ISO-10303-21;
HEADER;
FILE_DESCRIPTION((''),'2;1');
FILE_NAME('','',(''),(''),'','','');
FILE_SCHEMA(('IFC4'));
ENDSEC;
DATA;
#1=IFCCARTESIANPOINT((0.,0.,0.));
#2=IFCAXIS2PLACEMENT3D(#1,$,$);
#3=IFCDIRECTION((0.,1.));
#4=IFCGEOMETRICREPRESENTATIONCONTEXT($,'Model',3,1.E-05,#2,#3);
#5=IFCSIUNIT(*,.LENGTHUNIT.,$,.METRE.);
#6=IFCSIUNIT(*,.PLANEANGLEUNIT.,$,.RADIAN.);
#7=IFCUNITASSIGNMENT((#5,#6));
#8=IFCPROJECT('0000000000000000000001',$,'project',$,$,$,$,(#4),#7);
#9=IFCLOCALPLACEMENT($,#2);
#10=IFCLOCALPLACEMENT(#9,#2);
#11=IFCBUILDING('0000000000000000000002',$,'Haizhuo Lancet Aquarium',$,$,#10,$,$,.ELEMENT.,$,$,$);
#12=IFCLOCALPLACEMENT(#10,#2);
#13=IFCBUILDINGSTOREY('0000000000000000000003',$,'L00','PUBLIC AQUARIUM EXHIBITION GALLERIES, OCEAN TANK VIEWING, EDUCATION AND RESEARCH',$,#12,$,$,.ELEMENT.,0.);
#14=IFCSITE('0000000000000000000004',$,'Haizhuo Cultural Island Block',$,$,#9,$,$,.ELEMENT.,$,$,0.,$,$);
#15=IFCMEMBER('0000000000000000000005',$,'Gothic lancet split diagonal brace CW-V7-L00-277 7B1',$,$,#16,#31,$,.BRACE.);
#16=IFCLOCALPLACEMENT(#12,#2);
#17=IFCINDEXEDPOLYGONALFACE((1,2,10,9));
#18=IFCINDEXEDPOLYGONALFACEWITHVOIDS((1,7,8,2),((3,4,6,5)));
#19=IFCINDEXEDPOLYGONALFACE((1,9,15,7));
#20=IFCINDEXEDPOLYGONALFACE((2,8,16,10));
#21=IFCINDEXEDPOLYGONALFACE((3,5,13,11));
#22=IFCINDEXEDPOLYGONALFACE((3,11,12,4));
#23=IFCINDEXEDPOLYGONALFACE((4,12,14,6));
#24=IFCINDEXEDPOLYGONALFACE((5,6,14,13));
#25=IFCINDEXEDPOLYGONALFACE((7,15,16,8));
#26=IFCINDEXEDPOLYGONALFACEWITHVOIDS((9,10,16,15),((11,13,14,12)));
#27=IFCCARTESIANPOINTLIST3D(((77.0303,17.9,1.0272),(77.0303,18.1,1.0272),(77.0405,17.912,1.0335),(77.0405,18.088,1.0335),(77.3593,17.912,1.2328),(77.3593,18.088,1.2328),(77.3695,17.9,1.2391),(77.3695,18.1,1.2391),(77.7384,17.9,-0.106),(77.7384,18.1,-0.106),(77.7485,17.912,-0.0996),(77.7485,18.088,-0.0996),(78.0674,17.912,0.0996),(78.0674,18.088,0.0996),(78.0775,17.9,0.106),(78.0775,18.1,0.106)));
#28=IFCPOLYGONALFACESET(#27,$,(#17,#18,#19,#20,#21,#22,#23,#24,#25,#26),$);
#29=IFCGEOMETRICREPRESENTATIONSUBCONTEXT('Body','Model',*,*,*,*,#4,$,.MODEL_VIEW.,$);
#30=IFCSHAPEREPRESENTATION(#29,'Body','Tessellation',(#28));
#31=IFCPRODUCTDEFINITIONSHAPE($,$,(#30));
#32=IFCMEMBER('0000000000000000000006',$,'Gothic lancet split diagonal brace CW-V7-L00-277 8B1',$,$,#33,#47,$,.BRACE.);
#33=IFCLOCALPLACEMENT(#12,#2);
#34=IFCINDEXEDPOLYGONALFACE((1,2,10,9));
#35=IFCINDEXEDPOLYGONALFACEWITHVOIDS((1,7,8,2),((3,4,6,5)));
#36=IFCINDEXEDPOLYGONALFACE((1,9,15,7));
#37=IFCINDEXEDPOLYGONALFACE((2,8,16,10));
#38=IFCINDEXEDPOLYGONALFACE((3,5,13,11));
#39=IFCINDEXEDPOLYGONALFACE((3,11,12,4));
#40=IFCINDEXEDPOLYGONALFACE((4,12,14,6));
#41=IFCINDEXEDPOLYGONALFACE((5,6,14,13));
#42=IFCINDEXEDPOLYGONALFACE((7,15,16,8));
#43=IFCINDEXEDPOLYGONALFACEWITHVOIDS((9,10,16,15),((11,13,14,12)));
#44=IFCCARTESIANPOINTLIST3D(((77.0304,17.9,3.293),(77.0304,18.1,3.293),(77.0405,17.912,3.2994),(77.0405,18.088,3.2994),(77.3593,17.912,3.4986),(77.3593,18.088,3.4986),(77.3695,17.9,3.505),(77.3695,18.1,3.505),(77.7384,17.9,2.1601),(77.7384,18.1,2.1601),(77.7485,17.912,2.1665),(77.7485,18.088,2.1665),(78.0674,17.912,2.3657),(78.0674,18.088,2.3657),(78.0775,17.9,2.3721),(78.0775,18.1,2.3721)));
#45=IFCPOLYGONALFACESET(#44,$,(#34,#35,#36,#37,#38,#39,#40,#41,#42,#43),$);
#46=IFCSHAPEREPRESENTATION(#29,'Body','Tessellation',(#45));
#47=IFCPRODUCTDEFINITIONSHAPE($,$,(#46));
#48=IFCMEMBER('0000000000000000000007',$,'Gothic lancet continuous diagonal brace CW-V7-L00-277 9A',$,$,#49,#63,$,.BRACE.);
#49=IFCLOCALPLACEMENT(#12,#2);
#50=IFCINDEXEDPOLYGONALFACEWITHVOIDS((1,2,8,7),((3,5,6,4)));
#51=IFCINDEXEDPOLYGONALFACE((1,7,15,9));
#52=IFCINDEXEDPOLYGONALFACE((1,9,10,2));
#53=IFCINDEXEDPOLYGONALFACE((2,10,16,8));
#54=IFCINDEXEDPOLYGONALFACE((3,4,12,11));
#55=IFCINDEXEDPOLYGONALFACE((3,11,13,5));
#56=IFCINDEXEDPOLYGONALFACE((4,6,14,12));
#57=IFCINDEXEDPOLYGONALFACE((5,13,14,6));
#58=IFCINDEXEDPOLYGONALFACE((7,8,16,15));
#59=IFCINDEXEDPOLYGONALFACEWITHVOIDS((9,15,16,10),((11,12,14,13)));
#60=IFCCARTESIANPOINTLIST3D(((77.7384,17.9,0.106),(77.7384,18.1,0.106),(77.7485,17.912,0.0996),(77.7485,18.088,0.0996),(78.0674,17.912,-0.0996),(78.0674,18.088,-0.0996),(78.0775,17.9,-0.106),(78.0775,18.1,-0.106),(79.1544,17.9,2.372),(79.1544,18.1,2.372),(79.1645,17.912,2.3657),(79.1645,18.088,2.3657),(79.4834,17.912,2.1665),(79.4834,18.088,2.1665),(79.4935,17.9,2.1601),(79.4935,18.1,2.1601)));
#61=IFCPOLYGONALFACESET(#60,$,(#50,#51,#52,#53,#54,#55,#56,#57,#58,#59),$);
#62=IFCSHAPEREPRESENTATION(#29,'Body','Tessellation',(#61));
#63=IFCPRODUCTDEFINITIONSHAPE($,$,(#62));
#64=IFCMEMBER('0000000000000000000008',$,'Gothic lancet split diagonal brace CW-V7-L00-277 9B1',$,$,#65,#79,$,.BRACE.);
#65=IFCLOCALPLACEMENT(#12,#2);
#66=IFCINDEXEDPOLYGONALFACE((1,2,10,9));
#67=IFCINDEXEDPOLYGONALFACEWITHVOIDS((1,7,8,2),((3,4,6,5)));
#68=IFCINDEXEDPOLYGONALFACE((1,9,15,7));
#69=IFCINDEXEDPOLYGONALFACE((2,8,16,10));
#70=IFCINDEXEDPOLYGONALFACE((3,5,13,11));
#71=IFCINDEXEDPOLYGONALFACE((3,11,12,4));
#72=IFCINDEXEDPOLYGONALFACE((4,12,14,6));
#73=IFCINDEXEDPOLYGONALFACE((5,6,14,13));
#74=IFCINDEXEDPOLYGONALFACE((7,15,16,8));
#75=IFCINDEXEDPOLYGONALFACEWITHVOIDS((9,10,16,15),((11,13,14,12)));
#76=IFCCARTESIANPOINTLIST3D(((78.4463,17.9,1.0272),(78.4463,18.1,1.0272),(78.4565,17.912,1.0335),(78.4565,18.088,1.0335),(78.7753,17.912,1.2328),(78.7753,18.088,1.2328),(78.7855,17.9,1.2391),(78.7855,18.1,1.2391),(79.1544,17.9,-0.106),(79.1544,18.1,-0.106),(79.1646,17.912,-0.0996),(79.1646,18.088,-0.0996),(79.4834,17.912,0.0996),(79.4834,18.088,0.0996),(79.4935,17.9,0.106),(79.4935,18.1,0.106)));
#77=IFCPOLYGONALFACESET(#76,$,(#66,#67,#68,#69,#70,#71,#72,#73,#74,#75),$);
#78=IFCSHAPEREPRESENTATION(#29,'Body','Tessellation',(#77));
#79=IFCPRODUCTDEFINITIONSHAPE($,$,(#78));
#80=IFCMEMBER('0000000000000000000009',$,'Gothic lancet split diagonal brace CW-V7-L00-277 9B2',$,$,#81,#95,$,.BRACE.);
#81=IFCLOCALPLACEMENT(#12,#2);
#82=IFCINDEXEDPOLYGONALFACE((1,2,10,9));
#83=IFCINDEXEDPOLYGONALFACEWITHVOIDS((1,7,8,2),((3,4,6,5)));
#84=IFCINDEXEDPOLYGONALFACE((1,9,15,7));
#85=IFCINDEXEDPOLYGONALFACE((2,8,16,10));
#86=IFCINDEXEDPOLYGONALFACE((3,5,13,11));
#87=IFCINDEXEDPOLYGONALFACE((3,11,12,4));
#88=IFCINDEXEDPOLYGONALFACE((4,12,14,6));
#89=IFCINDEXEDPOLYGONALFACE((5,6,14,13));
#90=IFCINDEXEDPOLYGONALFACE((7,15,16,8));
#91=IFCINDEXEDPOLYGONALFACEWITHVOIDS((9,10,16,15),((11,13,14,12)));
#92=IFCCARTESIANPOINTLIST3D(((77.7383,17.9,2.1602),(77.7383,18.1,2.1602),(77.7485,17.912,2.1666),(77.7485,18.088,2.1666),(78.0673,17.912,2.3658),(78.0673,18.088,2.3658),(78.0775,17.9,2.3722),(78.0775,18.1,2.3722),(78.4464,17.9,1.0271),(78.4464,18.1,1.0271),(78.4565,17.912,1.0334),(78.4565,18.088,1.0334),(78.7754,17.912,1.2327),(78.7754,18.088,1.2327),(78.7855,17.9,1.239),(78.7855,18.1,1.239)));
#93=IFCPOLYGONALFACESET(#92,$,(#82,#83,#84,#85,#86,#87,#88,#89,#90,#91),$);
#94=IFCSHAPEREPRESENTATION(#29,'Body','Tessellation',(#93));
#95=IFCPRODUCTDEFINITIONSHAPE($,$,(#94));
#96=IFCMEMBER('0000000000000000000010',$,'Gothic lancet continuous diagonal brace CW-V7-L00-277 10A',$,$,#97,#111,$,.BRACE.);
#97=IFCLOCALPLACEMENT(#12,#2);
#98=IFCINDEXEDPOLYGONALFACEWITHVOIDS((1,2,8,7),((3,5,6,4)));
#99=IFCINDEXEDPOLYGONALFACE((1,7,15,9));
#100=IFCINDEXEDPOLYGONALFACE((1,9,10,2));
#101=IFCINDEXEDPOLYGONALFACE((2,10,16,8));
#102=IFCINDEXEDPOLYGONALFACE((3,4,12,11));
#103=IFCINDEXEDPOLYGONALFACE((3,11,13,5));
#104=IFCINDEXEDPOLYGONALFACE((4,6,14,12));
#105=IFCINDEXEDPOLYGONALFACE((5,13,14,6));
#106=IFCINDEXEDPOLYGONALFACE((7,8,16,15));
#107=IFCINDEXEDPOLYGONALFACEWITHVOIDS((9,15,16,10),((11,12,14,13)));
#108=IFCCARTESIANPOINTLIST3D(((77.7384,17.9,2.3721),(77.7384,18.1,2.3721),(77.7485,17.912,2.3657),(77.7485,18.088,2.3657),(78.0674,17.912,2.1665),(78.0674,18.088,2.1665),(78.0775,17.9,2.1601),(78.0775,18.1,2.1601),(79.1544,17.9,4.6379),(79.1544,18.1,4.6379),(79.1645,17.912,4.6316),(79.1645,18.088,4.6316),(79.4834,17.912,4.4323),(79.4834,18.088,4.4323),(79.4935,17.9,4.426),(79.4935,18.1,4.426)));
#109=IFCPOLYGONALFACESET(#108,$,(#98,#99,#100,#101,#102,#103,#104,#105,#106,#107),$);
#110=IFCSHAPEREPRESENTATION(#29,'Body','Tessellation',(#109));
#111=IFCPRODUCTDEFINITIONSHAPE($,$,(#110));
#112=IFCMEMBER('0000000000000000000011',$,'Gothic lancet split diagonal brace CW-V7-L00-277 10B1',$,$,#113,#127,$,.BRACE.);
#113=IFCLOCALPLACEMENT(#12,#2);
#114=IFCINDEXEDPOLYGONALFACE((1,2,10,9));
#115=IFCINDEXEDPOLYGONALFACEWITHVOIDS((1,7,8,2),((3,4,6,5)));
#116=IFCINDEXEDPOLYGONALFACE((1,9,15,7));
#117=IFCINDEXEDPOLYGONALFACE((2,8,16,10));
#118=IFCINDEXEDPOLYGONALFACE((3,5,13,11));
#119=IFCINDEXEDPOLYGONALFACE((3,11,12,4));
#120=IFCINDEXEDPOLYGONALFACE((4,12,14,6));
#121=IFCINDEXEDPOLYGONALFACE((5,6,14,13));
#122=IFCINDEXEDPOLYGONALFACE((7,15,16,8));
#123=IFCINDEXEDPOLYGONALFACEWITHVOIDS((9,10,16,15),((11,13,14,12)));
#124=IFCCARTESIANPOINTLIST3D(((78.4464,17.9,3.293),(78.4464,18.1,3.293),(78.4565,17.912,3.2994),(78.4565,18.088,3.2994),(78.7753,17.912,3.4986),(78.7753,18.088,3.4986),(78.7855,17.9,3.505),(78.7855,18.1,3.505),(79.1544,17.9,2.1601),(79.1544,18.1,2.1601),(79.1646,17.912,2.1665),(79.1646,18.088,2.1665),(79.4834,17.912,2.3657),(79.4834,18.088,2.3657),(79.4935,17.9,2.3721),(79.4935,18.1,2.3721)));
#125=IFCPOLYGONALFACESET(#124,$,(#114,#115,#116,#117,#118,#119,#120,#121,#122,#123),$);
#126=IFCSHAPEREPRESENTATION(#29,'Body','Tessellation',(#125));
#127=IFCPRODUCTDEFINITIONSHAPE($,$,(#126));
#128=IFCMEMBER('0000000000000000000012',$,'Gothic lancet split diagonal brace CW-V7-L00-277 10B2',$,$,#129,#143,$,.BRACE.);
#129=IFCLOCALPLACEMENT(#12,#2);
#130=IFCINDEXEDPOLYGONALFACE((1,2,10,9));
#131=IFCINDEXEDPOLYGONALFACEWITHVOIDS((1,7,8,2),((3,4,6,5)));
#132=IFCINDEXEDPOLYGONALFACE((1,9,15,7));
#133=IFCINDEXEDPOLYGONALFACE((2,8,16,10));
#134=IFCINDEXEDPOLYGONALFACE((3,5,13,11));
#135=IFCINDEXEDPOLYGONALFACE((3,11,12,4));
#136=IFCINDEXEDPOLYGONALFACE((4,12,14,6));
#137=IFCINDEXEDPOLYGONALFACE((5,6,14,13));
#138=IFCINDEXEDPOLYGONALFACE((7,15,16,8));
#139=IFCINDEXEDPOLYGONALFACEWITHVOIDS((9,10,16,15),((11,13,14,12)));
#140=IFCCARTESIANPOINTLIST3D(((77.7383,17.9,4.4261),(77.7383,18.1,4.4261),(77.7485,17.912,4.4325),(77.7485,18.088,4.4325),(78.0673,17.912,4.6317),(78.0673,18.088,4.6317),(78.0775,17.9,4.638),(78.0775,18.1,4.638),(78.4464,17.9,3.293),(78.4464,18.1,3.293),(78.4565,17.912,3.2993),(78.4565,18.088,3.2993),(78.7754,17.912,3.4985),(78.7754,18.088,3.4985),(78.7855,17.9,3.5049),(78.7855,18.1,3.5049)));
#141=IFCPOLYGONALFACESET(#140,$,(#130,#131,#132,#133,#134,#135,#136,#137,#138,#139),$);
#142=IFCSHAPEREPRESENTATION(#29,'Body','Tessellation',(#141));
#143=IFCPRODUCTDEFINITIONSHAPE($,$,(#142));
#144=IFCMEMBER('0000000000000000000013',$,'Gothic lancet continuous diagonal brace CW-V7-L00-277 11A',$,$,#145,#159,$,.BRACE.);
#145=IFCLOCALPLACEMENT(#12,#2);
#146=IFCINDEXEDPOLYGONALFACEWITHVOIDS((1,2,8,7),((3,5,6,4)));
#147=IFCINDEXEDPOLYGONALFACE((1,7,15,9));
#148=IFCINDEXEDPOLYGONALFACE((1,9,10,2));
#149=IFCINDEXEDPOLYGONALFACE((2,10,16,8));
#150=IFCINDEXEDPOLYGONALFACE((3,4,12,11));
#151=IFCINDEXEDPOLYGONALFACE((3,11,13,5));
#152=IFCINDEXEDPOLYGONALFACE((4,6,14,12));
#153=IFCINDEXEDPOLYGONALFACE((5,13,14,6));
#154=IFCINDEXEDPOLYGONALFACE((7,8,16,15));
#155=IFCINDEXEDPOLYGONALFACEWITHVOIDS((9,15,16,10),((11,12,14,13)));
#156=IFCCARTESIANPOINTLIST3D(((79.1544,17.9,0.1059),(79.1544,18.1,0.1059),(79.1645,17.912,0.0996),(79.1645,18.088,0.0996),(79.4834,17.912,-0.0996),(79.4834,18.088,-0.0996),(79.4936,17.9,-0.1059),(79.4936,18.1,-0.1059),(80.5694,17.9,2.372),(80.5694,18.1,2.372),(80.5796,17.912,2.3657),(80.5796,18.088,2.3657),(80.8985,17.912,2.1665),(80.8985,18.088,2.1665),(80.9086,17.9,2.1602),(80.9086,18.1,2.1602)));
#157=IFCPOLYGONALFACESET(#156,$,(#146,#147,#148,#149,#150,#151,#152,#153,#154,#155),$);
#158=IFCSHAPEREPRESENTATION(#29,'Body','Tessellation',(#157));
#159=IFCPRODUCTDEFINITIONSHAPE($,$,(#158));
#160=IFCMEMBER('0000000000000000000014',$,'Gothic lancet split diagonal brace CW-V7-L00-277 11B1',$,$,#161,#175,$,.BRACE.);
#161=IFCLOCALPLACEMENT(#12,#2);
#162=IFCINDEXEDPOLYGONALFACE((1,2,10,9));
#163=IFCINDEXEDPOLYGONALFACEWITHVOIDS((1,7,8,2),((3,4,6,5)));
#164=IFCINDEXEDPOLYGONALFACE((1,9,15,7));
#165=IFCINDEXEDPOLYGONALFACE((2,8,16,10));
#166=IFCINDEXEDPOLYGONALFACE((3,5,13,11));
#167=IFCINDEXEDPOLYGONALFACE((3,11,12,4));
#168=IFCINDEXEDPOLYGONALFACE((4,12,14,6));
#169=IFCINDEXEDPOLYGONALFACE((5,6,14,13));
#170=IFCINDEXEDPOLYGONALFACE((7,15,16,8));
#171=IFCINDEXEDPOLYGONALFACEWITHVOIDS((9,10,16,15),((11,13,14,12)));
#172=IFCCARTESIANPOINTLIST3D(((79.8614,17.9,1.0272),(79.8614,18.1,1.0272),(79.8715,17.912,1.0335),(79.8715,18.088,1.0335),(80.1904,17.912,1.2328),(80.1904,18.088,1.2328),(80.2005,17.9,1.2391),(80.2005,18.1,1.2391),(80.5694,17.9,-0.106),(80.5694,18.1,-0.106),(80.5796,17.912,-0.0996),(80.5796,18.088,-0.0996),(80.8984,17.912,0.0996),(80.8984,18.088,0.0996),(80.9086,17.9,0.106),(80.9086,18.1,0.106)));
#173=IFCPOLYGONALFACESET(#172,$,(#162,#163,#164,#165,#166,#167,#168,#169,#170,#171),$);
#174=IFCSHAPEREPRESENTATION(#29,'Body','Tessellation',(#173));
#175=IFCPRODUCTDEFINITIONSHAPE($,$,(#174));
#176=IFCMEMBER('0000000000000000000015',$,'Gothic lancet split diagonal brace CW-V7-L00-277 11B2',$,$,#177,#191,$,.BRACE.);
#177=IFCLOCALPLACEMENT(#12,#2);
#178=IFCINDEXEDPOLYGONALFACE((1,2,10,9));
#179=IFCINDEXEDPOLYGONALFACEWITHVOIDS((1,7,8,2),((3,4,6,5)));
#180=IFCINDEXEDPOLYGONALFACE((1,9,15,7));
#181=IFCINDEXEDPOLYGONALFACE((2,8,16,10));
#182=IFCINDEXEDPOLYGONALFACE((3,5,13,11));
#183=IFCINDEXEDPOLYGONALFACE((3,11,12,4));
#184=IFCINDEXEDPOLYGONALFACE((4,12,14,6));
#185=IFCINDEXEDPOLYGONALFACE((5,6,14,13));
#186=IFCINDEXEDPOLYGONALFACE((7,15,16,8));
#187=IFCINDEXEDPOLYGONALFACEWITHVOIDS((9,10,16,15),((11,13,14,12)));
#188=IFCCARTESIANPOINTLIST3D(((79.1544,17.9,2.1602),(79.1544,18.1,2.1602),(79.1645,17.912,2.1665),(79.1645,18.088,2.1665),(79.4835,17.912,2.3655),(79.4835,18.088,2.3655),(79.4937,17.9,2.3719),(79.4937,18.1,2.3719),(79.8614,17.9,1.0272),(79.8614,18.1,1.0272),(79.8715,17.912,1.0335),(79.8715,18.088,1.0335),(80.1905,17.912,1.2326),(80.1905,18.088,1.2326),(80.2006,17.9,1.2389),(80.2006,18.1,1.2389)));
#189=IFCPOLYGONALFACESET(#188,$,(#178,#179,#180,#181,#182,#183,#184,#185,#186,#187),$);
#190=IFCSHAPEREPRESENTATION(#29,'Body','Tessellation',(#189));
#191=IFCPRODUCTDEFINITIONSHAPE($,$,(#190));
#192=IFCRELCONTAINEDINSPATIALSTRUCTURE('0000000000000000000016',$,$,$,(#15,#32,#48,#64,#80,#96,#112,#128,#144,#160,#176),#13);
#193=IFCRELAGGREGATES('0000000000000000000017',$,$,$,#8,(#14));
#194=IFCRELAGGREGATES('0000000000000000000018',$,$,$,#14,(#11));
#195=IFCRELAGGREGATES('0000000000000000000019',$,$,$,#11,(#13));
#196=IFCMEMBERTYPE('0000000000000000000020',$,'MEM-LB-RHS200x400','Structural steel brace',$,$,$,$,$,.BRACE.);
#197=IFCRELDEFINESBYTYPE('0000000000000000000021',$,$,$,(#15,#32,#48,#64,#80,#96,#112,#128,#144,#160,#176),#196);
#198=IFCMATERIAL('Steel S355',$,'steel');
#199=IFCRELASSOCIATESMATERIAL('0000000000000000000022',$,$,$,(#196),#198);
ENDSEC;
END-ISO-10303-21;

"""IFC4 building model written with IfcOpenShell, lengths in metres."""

from ifc_helpers import new_model, si_unit, direction, frame, origin, origin_2d, place, context, subcontext, project, spatial, hollow_rectangle, extrude, material, material_profile, profile_set, type_object, element, save


model = new_model("IFC4")

# Units and contexts
model_context = context("Model", 3, precision=1e-05, world=origin(), true_north=direction((0.0, 1.0)))
body_context = subcontext(model_context, "Body", "Model", "MODEL_VIEW")
ifc_project = project(units=[si_unit("LENGTHUNIT", "METRE"), si_unit("PLANEANGLEUNIT", "RADIAN")], contexts=[model_context])

# Site, building, storey
site_placement = place(None, origin())
site = spatial("IfcSite", under=ifc_project, at=site_placement, Name="Haizhuo Cultural Island Block", CompositionType="ELEMENT", RefElevation=0.0)
building_placement = place(site_placement, origin())
building = spatial("IfcBuilding", under=site, at=building_placement, Name="Haizhuo Lancet Aquarium", CompositionType="ELEMENT")
storey_placement = place(building_placement, origin())
storey = spatial("IfcBuildingStorey", under=building, at=storey_placement, Name="L00", Description="PUBLIC AQUARIUM EXHIBITION GALLERIES, OCEAN TANK VIEWING, EDUCATION AND RESEARCH", CompositionType="ELEMENT", Elevation=0.0)

# Members
ifc_material_1 = material(Name="Steel S355", Category="steel")
ifc_material_profile_1 = material_profile(ifc_material_1, hollow_rectangle(XDim=0.2, YDim=0.3999, WallThickness=0.012, at=origin_2d()), Name="RHS 200x400x12")
ifc_profile_set_1 = profile_set([ifc_material_profile_1], Name="Steel S355")
member_type_1 = type_object("IfcMemberType", Name="MEM-LB-RHS200x400", Description="Structural steel brace", PredefinedType="BRACE", material=ifc_profile_set_1)
member_1_placement = place(storey_placement, frame((77.908, 18.0, 0.0), z_axis=(-0.529917, 0.0, 0.84805), x_axis=(0.0, -1.0, 0.0)))
element("IfcMember", 1, at=member_1_placement, inside=storey, type_object=member_type_1, Name="Gothic lancet split diagonal brace CW-V7-L00-277 7B1", PredefinedType="BRACE", context=body_context, shape_type="SweptSolid", body=[
    extrude(hollow_rectangle(XDim=0.2, YDim=0.3999, WallThickness=0.012, at=origin_2d()), origin(), (0.0, 0.0, 1.0), 1.3362),
])
member_2_placement = place(storey_placement, frame((77.908, 18.0, 2.2661), z_axis=(-0.529999, 0.0, 0.847998), x_axis=(0.0, -1.0, 0.0)))
element("IfcMember", 2, at=member_2_placement, inside=storey, type_object=member_type_1, Name="Gothic lancet split diagonal brace CW-V7-L00-277 8B1", PredefinedType="BRACE", context=body_context, shape_type="SweptSolid", body=[
    extrude(hollow_rectangle(XDim=0.2, YDim=0.3999, WallThickness=0.012, at=origin_2d()), origin(), (0.0, 0.0, 1.0), 1.3359),
])
member_3_placement = place(storey_placement, frame((77.908, 18.0, 0.0), z_axis=(0.529917, 0.0, 0.84805), x_axis=(0.0, 1.0, 0.0)))
element("IfcMember", 3, at=member_3_placement, inside=storey, type_object=member_type_1, Name="Gothic lancet continuous diagonal brace CW-V7-L00-277 9A", PredefinedType="BRACE", context=body_context, shape_type="SweptSolid", body=[
    extrude(hollow_rectangle(XDim=0.2, YDim=0.3999, WallThickness=0.012, at=origin_2d()), origin(), (0.0, 0.0, 1.0), 2.6721),
])
for number, where, z_axis, x_axis, name in (
    (4, (79.324, 18.0, 0.0), (-0.529917, 0.0, 0.84805), (0.0, -1.0, 0.0), "Gothic lancet split diagonal brace CW-V7-L00-277 9B1"),
    (5, (78.616, 18.0, 1.1331), (-0.529917, 0.0, 0.84805), (0.0, -1.0, 0.0), "Gothic lancet split diagonal brace CW-V7-L00-277 9B2"),
):
    element("IfcMember", number, at=place(storey_placement, frame(where, z_axis=z_axis, x_axis=x_axis)), inside=storey, type_object=member_type_1, Name=name, PredefinedType="BRACE", context=body_context, shape_type="SweptSolid", body=[
        extrude(hollow_rectangle(XDim=0.2, YDim=0.3999, WallThickness=0.012, at=origin_2d()), origin(), (0.0, 0.0, 1.0), 1.3362),
    ])
member_4_placement = place(storey_placement, frame((77.908, 18.0, 2.2661), z_axis=(0.529958, 0.0, 0.848024), x_axis=(0.0, 1.0, 0.0)))
element("IfcMember", 6, at=member_4_placement, inside=storey, type_object=member_type_1, Name="Gothic lancet continuous diagonal brace CW-V7-L00-277 10A", PredefinedType="BRACE", context=body_context, shape_type="SweptSolid", body=[
    extrude(hollow_rectangle(XDim=0.2, YDim=0.3999, WallThickness=0.012, at=origin_2d()), origin(), (0.0, 0.0, 1.0), 2.6719),
])
member_5_placement = place(storey_placement, frame((79.324, 18.0, 2.2661), z_axis=(-0.529999, 0.0, 0.847998), x_axis=(0.0, -1.0, 0.0)))
element("IfcMember", 7, at=member_5_placement, inside=storey, type_object=member_type_1, Name="Gothic lancet split diagonal brace CW-V7-L00-277 10B1", PredefinedType="BRACE", context=body_context, shape_type="SweptSolid", body=[
    extrude(hollow_rectangle(XDim=0.2, YDim=0.3999, WallThickness=0.012, at=origin_2d()), origin(), (0.0, 0.0, 1.0), 1.3359),
])
member_6_placement = place(storey_placement, frame((78.616, 18.0, 3.3989), z_axis=(-0.529917, 0.0, 0.84805), x_axis=(0.0, -1.0, 0.0)))
element("IfcMember", 8, at=member_6_placement, inside=storey, type_object=member_type_1, Name="Gothic lancet split diagonal brace CW-V7-L00-277 10B2", PredefinedType="BRACE", context=body_context, shape_type="SweptSolid", body=[
    extrude(hollow_rectangle(XDim=0.2, YDim=0.3999, WallThickness=0.012, at=origin_2d()), origin(), (0.0, 0.0, 1.0), 1.3362),
])
member_7_placement = place(storey_placement, frame((79.324, 18.0, 0.0), z_axis=(0.529654, 0.0, 0.848214), x_axis=(0.0, 1.0, 0.0)))
element("IfcMember", 9, at=member_7_placement, inside=storey, type_object=member_type_1, Name="Gothic lancet continuous diagonal brace CW-V7-L00-277 11A", PredefinedType="BRACE", context=body_context, shape_type="SweptSolid", body=[
    extrude(hollow_rectangle(XDim=0.2, YDim=0.3999, WallThickness=0.012, at=origin_2d()), origin(), (0.0, 0.0, 1.0), 2.6716),
])
member_8_placement = place(storey_placement, frame((80.739, 18.0, 0.0), z_axis=(-0.529917, 0.0, 0.84805), x_axis=(0.0, -1.0, 0.0)))
element("IfcMember", 10, at=member_8_placement, inside=storey, type_object=member_type_1, Name="Gothic lancet split diagonal brace CW-V7-L00-277 11B1", PredefinedType="BRACE", context=body_context, shape_type="SweptSolid", body=[
    extrude(hollow_rectangle(XDim=0.2, YDim=0.3999, WallThickness=0.012, at=origin_2d()), origin(), (0.0, 0.0, 1.0), 1.3362),
])
member_9_placement = place(storey_placement, frame((80.031, 18.0, 1.1331), z_axis=(-0.529391, 0.0, 0.848378), x_axis=(0.0, -1.0, 0.0)))
element("IfcMember", 11, at=member_9_placement, inside=storey, type_object=member_type_1, Name="Gothic lancet split diagonal brace CW-V7-L00-277 11B2", PredefinedType="BRACE", context=body_context, shape_type="SweptSolid", body=[
    extrude(hollow_rectangle(XDim=0.2, YDim=0.3999, WallThickness=0.012, at=origin_2d()), origin(), (0.0, 0.0, 1.0), 1.3354),
])

save(model, "model.ifc")
